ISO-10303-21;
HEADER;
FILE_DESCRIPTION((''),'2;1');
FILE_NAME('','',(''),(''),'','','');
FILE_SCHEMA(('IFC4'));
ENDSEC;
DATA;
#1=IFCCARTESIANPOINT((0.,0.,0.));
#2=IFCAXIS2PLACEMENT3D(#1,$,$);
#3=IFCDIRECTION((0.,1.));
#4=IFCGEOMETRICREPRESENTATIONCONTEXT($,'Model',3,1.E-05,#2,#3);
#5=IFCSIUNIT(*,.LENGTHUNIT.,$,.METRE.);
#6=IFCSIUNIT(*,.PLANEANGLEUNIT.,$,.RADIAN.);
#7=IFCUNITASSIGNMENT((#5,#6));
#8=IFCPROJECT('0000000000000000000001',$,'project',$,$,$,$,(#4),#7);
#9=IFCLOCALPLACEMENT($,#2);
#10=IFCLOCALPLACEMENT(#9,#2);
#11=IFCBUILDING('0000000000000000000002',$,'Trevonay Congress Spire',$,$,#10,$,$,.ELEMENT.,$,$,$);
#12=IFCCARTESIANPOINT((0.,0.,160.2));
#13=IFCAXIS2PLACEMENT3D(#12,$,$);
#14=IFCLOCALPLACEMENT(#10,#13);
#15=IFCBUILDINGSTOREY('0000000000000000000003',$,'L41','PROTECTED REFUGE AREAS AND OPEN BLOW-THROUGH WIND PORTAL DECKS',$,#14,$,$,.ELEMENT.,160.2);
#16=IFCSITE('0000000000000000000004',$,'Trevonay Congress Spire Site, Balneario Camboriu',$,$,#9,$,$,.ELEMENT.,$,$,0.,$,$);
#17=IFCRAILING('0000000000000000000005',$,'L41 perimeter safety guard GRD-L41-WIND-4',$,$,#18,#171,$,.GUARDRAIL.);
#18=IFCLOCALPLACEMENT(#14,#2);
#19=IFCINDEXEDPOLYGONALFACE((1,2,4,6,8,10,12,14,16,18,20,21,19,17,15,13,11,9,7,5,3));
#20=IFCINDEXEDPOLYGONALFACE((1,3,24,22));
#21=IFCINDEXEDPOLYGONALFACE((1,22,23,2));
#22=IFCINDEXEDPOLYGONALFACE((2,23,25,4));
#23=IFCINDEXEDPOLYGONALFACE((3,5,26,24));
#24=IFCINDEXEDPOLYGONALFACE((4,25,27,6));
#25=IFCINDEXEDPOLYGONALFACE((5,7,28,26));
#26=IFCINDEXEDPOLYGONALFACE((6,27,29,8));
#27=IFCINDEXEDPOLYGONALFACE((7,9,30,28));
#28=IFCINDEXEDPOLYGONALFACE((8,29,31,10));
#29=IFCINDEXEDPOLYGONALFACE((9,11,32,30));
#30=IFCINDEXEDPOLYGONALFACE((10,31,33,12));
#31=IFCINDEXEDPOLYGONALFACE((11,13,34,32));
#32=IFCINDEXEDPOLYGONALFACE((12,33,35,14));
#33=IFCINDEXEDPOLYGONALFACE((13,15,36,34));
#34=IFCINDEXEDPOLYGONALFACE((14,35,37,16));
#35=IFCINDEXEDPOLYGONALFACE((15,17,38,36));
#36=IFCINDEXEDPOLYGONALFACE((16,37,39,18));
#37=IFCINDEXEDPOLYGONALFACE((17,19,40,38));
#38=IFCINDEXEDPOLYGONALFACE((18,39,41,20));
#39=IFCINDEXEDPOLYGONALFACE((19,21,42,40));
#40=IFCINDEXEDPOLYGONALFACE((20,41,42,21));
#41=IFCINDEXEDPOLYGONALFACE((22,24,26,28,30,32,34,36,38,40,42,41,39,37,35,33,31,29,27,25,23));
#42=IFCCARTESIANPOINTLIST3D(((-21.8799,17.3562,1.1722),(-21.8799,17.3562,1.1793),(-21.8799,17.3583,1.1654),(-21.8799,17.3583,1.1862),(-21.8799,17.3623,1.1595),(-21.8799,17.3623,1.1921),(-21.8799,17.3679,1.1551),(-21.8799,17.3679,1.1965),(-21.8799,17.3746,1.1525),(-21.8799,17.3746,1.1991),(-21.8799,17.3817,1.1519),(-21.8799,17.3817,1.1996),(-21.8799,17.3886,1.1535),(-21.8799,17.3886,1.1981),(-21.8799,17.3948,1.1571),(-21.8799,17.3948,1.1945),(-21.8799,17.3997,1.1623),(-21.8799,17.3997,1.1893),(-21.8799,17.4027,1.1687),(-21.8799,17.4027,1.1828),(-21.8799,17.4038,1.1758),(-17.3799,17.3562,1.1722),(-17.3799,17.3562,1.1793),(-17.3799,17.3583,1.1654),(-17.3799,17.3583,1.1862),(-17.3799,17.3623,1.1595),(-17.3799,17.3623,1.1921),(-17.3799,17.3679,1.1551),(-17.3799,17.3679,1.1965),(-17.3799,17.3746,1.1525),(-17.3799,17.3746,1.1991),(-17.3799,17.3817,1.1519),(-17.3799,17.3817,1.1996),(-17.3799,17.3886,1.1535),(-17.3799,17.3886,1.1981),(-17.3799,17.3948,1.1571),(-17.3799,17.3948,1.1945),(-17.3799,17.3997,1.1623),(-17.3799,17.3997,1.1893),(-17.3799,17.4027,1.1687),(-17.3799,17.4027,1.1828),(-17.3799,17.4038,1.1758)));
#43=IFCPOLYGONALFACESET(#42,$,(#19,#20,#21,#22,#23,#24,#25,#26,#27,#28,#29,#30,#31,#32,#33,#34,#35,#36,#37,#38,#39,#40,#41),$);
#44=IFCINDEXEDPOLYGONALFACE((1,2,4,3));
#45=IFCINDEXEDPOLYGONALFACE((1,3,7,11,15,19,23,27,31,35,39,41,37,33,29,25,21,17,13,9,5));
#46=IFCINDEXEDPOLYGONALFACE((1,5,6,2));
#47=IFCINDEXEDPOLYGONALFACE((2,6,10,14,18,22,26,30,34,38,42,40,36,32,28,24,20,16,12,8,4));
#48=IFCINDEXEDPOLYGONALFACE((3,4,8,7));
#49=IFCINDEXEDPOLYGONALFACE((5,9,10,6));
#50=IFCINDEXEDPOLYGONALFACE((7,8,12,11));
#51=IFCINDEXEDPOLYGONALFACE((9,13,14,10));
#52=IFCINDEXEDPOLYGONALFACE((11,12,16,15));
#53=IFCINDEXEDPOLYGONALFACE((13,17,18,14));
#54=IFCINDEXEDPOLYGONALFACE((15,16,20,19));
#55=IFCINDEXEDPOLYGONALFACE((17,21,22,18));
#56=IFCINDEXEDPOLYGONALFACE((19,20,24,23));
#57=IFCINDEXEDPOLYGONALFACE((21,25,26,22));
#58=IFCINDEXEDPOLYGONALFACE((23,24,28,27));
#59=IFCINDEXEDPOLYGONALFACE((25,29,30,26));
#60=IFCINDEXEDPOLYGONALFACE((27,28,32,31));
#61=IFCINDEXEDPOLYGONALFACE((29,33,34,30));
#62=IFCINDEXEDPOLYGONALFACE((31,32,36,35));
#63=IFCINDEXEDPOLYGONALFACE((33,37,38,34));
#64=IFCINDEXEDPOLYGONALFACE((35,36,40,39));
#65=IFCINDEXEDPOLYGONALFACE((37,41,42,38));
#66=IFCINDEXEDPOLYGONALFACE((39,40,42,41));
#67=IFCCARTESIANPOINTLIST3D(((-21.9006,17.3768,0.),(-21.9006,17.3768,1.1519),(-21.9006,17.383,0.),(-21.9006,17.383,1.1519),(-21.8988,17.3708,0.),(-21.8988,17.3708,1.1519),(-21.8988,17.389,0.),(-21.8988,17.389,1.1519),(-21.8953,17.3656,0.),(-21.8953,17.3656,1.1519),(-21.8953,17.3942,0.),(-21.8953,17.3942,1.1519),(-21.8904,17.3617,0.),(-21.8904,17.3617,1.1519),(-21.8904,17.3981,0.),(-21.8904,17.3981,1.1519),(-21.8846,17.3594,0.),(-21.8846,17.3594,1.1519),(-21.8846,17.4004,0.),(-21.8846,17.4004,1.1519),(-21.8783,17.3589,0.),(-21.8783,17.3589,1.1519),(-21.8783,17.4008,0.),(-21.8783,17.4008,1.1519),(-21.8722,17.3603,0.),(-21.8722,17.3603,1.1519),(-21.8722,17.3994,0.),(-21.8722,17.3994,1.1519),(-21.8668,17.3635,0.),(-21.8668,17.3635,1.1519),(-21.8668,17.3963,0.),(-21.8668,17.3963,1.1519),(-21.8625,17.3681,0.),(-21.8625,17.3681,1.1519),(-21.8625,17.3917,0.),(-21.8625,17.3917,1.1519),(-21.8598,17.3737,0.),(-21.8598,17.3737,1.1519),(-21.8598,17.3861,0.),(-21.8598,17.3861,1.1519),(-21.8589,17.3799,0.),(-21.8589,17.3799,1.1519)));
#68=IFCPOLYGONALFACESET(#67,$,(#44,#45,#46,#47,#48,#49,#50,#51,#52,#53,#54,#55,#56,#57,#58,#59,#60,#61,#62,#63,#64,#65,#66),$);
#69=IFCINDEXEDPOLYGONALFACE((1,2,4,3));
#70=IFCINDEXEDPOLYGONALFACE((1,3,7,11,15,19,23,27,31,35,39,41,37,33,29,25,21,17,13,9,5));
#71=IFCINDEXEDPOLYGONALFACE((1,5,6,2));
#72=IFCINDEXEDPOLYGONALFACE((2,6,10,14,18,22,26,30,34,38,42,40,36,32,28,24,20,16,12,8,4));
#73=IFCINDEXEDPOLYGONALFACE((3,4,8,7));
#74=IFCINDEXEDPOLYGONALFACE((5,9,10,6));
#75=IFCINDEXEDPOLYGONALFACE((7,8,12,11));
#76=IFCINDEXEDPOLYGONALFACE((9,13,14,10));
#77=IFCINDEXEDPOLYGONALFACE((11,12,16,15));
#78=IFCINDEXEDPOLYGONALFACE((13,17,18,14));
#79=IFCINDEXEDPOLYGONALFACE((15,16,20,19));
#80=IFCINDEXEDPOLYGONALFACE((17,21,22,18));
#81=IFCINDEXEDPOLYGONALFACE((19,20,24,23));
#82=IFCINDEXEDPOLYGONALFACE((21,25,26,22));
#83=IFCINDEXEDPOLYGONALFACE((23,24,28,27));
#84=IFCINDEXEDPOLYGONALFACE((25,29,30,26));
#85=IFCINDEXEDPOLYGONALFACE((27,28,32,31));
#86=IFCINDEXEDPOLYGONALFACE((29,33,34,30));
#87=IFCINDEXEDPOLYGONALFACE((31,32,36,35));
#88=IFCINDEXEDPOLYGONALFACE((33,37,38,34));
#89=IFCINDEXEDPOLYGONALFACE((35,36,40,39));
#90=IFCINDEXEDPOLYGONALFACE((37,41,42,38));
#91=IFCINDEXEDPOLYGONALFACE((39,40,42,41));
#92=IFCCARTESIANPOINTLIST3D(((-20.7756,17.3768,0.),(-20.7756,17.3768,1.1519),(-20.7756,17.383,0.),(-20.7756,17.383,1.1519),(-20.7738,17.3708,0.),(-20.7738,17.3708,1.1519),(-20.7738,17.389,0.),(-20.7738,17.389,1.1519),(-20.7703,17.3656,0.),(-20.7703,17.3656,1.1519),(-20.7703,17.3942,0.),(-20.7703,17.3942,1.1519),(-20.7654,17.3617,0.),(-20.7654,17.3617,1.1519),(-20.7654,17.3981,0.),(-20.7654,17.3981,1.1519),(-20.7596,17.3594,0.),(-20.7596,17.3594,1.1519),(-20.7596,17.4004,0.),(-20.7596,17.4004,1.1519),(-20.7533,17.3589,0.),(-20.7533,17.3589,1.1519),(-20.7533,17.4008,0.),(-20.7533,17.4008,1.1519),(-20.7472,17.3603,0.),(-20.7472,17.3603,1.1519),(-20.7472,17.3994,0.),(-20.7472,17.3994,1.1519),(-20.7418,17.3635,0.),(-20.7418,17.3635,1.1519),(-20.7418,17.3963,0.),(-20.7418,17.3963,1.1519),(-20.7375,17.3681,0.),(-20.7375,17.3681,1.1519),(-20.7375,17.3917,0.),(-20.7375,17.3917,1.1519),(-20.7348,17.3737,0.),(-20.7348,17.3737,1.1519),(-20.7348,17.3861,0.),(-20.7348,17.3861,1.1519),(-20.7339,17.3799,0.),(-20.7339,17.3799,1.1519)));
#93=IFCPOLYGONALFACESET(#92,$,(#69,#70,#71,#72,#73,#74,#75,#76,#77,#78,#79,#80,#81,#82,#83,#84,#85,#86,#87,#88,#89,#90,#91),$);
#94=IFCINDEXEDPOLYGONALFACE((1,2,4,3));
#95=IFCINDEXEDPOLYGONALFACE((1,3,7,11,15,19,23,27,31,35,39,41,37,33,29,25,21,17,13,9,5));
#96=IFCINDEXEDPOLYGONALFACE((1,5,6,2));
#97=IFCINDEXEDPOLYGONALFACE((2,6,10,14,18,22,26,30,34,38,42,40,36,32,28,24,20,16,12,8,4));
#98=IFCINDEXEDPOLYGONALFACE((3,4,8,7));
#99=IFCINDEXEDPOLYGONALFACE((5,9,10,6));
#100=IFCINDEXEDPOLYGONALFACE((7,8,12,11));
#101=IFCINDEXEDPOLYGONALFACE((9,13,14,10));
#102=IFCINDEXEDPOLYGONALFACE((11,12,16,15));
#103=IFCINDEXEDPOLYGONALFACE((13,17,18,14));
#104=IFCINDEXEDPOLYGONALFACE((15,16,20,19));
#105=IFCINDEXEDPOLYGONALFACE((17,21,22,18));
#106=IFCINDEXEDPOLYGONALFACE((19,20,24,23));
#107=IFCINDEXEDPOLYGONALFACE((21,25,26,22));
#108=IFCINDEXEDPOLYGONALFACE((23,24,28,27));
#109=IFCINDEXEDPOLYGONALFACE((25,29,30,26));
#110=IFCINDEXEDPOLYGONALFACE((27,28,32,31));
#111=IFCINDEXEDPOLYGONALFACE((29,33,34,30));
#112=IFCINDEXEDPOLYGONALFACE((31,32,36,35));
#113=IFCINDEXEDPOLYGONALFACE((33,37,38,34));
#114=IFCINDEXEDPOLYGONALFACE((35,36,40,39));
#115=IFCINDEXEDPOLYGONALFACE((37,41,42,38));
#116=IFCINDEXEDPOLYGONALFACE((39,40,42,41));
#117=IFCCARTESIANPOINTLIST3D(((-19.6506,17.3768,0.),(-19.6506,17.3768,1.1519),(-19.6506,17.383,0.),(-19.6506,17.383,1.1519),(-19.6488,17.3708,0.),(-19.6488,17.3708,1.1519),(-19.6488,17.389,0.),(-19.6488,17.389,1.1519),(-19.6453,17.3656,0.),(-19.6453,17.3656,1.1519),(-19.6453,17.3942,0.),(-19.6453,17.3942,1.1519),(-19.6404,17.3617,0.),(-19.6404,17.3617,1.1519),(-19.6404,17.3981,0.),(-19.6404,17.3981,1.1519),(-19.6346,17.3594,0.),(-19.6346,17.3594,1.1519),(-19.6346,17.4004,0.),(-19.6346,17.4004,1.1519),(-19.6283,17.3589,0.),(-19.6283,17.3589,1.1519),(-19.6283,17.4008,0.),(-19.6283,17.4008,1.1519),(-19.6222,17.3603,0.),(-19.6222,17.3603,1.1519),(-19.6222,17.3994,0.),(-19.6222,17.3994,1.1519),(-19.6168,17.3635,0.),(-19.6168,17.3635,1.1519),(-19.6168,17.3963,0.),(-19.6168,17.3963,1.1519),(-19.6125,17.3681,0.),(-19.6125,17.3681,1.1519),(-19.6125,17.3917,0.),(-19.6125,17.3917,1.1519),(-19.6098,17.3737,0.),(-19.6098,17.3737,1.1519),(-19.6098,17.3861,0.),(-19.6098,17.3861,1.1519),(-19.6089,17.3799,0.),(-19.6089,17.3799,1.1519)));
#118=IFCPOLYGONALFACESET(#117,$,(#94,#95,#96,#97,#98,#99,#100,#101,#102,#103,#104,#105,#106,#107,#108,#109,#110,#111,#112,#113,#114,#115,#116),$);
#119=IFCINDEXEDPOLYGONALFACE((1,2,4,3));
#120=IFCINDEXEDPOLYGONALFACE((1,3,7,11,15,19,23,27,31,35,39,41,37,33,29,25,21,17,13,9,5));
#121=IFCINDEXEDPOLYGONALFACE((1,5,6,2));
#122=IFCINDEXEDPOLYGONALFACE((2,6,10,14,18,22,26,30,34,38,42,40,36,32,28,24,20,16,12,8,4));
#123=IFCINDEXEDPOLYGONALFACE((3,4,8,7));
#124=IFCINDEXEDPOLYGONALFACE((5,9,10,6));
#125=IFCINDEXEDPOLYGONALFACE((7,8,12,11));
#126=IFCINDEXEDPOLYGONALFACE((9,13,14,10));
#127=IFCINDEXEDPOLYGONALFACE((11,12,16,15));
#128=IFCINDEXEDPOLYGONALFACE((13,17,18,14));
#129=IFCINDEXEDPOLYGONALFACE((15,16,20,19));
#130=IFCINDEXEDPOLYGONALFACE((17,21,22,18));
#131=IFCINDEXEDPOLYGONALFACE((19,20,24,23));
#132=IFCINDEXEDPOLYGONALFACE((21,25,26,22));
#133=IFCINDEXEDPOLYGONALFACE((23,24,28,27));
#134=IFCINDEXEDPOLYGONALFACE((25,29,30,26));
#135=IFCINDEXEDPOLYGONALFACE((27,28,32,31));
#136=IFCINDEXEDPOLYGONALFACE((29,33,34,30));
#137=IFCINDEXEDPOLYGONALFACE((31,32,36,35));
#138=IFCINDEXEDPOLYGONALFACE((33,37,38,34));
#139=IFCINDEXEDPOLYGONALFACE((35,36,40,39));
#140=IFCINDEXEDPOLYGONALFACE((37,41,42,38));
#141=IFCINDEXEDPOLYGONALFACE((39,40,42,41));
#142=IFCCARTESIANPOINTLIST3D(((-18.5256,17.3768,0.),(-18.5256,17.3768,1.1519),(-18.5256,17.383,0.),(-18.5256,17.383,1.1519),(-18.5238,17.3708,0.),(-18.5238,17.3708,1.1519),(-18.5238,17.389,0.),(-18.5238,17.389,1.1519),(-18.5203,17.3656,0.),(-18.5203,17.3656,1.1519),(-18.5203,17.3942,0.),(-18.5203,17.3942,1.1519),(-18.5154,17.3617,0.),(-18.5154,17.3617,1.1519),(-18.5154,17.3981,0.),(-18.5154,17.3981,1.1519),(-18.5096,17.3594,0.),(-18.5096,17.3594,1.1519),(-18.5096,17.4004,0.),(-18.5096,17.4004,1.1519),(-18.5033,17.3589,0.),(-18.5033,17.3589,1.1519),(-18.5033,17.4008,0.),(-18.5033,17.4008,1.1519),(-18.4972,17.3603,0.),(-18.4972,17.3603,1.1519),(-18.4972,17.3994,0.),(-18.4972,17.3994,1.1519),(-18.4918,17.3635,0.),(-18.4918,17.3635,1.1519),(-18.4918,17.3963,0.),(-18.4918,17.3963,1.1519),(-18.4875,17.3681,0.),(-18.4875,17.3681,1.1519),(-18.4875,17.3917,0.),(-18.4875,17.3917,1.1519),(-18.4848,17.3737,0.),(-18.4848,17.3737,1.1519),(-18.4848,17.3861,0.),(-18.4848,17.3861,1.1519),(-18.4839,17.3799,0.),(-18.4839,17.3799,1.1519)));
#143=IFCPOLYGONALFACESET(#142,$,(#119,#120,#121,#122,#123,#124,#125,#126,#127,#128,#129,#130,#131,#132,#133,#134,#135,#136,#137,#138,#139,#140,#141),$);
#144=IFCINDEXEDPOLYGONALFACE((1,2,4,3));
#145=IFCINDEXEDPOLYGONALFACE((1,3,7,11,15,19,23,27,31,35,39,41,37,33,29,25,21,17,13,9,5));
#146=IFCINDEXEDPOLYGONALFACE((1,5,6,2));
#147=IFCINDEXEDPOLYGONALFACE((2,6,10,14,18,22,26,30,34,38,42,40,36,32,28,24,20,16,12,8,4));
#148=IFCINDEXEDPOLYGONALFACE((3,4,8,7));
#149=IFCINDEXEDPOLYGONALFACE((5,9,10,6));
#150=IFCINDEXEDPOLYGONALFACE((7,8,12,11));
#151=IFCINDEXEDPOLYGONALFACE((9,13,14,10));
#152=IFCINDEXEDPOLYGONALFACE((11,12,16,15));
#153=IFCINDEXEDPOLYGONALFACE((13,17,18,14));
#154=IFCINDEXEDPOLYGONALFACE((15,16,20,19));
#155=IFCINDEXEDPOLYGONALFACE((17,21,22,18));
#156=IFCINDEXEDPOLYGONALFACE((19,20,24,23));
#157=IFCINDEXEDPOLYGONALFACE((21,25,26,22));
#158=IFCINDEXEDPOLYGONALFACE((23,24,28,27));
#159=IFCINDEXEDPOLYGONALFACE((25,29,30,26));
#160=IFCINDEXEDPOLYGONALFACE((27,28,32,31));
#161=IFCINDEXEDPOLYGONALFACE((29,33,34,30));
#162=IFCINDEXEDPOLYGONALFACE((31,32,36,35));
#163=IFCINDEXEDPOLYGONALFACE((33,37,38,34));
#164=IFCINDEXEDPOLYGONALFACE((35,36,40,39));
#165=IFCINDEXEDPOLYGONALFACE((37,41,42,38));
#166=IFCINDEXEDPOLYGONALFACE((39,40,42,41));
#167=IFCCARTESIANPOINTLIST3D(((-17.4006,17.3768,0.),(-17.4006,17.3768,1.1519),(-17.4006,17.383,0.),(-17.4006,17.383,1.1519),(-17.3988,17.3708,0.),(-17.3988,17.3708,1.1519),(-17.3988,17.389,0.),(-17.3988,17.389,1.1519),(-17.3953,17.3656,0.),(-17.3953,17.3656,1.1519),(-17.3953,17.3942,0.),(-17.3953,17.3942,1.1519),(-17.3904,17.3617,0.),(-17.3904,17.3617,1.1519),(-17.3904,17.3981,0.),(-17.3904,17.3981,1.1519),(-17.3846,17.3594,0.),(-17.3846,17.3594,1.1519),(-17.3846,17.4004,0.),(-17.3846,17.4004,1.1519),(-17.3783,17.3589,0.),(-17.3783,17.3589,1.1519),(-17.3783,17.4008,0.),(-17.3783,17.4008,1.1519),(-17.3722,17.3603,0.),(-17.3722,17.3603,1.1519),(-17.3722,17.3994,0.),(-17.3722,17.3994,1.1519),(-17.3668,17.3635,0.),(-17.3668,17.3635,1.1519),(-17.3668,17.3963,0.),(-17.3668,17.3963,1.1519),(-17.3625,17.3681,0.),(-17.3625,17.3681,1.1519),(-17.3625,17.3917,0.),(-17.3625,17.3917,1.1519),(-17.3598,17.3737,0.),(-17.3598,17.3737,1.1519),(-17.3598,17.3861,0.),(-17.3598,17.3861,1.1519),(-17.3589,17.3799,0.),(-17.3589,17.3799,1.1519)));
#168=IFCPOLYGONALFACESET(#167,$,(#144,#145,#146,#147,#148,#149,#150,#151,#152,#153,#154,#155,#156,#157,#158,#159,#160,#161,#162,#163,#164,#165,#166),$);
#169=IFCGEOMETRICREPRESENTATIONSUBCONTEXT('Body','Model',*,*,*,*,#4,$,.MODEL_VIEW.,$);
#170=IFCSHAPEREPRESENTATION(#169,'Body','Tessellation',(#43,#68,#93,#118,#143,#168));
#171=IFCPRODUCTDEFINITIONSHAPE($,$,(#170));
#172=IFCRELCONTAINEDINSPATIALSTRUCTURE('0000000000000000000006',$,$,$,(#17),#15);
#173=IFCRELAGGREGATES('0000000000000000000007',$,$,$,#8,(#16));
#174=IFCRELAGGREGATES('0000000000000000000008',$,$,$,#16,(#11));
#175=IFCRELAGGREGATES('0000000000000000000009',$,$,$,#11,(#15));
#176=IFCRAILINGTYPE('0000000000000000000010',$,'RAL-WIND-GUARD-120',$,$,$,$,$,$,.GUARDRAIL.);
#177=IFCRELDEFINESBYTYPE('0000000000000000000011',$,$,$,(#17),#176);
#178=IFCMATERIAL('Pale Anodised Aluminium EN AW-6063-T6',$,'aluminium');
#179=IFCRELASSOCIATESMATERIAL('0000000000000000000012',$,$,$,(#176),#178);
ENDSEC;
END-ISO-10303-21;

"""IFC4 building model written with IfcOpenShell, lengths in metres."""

from ifc_helpers import new_model, si_unit, direction, frame, origin, origin_2d, place, context, subcontext, project, spatial, circle, extrude, material, type_object, element, save


model = new_model("IFC4")

# Units and contexts
model_context = context("Model", 3, precision=1e-05, world=origin(), true_north=direction((0.0, 1.0)))
body_context = subcontext(model_context, "Body", "Model", "MODEL_VIEW")
ifc_project = project(units=[si_unit("LENGTHUNIT", "METRE"), si_unit("PLANEANGLEUNIT", "RADIAN")], contexts=[model_context])

# Site, building, storey
site_placement = place(None, origin())
site = spatial("IfcSite", under=ifc_project, at=site_placement, Name="Trevonay Congress Spire Site, Balneario Camboriu", CompositionType="ELEMENT", RefElevation=0.0)
building_placement = place(site_placement, origin())
building = spatial("IfcBuilding", under=site, at=building_placement, Name="Trevonay Congress Spire", CompositionType="ELEMENT")
storey_placement = place(building_placement, frame((0.0, 0.0, 160.2)))
storey = spatial("IfcBuildingStorey", under=building, at=storey_placement, Name="L41", Description="PROTECTED REFUGE AREAS AND OPEN BLOW-THROUGH WIND PORTAL DECKS", CompositionType="ELEMENT", Elevation=160.2)

# Railing
ifc_material_1 = material(Name="Pale Anodised Aluminium EN AW-6063-T6", Category="aluminium")
railing_type = type_object("IfcRailingType", Name="RAL-WIND-GUARD-120", PredefinedType="GUARDRAIL", material=ifc_material_1)
railing_1_placement = place(storey_placement, frame((-21.8799, 17.3799, 0.0)))
element("IfcRailing", 1, at=railing_1_placement, inside=storey, type_object=railing_type, Name="L41 perimeter safety guard GRD-L41-WIND-4", PredefinedType="GUARDRAIL", context=body_context, shape_type="SweptSolid", body=[
    extrude(circle(Radius=0.0239, at=origin_2d()), frame((0.0, 0.0, 1.1758), z_axis=(1.0, 0.0, 0.0), x_axis=(0.0, 1.0, 0.0)), (0.0, 0.0, 1.0), 4.5),
    extrude(circle(Radius=0.021, at=origin_2d()), origin(), (0.0, 0.0, 1.0), 1.1519),
    extrude(circle(Radius=0.021, at=origin_2d()), frame((1.125, 0.0, 0.0)), (0.0, 0.0, 1.0), 1.1519),
    extrude(circle(Radius=0.021, at=origin_2d()), frame((2.25, 0.0, 0.0)), (0.0, 0.0, 1.0), 1.1519),
    extrude(circle(Radius=0.021, at=origin_2d()), frame((3.375, 0.0, 0.0)), (0.0, 0.0, 1.0), 1.1519),
    extrude(circle(Radius=0.021, at=origin_2d()), frame((4.5, 0.0, 0.0)), (0.0, 0.0, 1.0), 1.1519),
])

save(model, "model.ifc")
